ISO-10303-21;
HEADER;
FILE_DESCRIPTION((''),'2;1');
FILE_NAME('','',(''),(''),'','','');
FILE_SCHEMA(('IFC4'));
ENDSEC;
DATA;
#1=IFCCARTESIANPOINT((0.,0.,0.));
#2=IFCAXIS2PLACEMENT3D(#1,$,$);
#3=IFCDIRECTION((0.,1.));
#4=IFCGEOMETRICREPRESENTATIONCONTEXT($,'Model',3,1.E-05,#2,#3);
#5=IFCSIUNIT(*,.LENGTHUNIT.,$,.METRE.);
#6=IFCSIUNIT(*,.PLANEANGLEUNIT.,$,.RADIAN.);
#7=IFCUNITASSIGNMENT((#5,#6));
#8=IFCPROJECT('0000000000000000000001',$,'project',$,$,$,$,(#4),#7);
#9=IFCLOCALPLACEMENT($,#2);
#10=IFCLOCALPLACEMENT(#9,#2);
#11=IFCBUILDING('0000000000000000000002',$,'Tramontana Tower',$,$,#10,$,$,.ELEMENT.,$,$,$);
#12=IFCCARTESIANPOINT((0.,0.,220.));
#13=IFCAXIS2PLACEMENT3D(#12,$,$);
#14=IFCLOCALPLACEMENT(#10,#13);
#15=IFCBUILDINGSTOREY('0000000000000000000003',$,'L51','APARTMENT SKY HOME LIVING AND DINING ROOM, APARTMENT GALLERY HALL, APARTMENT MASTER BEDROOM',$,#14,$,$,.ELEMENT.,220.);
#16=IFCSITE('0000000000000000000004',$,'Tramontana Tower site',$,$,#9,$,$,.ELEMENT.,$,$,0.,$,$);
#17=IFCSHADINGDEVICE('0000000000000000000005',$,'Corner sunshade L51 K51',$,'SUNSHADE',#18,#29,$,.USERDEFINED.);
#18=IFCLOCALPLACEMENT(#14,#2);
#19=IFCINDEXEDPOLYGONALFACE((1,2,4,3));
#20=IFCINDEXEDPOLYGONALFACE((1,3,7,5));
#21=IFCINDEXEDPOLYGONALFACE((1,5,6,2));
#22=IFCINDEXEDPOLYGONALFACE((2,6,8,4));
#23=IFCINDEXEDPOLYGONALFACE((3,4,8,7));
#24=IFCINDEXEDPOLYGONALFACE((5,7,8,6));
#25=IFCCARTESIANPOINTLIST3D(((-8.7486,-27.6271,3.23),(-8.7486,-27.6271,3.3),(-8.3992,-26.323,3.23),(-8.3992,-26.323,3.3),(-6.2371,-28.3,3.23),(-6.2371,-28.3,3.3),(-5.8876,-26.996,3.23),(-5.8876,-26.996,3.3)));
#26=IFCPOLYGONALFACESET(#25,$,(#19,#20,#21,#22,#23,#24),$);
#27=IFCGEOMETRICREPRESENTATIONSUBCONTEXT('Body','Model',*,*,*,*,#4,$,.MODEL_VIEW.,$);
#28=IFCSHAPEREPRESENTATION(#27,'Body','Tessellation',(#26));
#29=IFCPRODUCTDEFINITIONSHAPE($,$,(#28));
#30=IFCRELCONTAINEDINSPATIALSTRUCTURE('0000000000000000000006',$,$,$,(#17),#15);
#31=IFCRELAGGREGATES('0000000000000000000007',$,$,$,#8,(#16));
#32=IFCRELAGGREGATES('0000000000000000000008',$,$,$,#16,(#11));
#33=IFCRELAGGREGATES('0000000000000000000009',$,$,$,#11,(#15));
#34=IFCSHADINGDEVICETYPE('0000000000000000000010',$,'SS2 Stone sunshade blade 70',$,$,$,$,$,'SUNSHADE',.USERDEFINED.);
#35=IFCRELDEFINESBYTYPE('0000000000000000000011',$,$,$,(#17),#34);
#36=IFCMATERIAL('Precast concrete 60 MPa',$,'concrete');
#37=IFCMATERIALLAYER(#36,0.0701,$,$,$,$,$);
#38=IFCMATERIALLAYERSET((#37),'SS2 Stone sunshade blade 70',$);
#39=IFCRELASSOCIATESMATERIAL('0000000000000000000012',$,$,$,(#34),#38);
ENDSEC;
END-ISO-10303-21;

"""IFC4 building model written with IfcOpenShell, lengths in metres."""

from ifc_helpers import new_model, si_unit, direction, frame, origin, origin_2d, place, context, subcontext, project, spatial, rectangle, extrude, material, layer, layer_set, type_object, element, save


model = new_model("IFC4")

# Units and contexts
model_context = context("Model", 3, precision=1e-05, world=origin(), true_north=direction((0.0, 1.0)))
body_context = subcontext(model_context, "Body", "Model", "MODEL_VIEW")
ifc_project = project(units=[si_unit("LENGTHUNIT", "METRE"), si_unit("PLANEANGLEUNIT", "RADIAN")], contexts=[model_context])

# Site, building, storey
site_placement = place(None, origin())
site = spatial("IfcSite", under=ifc_project, at=site_placement, Name="Tramontana Tower site", CompositionType="ELEMENT", RefElevation=0.0)
building_placement = place(site_placement, origin())
building = spatial("IfcBuilding", under=site, at=building_placement, Name="Tramontana Tower", CompositionType="ELEMENT")
storey_placement = place(building_placement, frame((0.0, 0.0, 220.0)))
storey = spatial("IfcBuildingStorey", under=building, at=storey_placement, Name="L51", Description="APARTMENT SKY HOME LIVING AND DINING ROOM, APARTMENT GALLERY HALL, APARTMENT MASTER BEDROOM", CompositionType="ELEMENT", Elevation=220.0)

# Shading device
ifc_material_1 = material(Name="Precast concrete 60 MPa", Category="concrete")
ifc_layer_1 = layer(ifc_material_1, 0.0701)
ifc_layer_set_1 = layer_set([ifc_layer_1], Name="SS2 Stone sunshade blade 70")
shading_device_type = type_object("IfcShadingDeviceType", Name="SS2 Stone sunshade blade 70", ElementType="SUNSHADE", PredefinedType="USERDEFINED", material=ifc_layer_set_1)
shading_device_placement = place(storey_placement, frame((-7.3181, -27.3115, 3.23), z_axis=(0.0, 0.0, 1.0), x_axis=(-0.965926, 0.258819, 0.0)))
element("IfcShadingDevice", 1, at=shading_device_placement, inside=storey, type_object=shading_device_type, Name="Corner sunshade L51 K51", ObjectType="SUNSHADE", PredefinedType="USERDEFINED", context=body_context, shape_type="SweptSolid", body=[
    extrude(rectangle(XDim=2.6001, YDim=1.3501, at=origin_2d()), origin(), (0.0, 0.0, 1.0), 0.0701),
])

save(model, "model.ifc")
